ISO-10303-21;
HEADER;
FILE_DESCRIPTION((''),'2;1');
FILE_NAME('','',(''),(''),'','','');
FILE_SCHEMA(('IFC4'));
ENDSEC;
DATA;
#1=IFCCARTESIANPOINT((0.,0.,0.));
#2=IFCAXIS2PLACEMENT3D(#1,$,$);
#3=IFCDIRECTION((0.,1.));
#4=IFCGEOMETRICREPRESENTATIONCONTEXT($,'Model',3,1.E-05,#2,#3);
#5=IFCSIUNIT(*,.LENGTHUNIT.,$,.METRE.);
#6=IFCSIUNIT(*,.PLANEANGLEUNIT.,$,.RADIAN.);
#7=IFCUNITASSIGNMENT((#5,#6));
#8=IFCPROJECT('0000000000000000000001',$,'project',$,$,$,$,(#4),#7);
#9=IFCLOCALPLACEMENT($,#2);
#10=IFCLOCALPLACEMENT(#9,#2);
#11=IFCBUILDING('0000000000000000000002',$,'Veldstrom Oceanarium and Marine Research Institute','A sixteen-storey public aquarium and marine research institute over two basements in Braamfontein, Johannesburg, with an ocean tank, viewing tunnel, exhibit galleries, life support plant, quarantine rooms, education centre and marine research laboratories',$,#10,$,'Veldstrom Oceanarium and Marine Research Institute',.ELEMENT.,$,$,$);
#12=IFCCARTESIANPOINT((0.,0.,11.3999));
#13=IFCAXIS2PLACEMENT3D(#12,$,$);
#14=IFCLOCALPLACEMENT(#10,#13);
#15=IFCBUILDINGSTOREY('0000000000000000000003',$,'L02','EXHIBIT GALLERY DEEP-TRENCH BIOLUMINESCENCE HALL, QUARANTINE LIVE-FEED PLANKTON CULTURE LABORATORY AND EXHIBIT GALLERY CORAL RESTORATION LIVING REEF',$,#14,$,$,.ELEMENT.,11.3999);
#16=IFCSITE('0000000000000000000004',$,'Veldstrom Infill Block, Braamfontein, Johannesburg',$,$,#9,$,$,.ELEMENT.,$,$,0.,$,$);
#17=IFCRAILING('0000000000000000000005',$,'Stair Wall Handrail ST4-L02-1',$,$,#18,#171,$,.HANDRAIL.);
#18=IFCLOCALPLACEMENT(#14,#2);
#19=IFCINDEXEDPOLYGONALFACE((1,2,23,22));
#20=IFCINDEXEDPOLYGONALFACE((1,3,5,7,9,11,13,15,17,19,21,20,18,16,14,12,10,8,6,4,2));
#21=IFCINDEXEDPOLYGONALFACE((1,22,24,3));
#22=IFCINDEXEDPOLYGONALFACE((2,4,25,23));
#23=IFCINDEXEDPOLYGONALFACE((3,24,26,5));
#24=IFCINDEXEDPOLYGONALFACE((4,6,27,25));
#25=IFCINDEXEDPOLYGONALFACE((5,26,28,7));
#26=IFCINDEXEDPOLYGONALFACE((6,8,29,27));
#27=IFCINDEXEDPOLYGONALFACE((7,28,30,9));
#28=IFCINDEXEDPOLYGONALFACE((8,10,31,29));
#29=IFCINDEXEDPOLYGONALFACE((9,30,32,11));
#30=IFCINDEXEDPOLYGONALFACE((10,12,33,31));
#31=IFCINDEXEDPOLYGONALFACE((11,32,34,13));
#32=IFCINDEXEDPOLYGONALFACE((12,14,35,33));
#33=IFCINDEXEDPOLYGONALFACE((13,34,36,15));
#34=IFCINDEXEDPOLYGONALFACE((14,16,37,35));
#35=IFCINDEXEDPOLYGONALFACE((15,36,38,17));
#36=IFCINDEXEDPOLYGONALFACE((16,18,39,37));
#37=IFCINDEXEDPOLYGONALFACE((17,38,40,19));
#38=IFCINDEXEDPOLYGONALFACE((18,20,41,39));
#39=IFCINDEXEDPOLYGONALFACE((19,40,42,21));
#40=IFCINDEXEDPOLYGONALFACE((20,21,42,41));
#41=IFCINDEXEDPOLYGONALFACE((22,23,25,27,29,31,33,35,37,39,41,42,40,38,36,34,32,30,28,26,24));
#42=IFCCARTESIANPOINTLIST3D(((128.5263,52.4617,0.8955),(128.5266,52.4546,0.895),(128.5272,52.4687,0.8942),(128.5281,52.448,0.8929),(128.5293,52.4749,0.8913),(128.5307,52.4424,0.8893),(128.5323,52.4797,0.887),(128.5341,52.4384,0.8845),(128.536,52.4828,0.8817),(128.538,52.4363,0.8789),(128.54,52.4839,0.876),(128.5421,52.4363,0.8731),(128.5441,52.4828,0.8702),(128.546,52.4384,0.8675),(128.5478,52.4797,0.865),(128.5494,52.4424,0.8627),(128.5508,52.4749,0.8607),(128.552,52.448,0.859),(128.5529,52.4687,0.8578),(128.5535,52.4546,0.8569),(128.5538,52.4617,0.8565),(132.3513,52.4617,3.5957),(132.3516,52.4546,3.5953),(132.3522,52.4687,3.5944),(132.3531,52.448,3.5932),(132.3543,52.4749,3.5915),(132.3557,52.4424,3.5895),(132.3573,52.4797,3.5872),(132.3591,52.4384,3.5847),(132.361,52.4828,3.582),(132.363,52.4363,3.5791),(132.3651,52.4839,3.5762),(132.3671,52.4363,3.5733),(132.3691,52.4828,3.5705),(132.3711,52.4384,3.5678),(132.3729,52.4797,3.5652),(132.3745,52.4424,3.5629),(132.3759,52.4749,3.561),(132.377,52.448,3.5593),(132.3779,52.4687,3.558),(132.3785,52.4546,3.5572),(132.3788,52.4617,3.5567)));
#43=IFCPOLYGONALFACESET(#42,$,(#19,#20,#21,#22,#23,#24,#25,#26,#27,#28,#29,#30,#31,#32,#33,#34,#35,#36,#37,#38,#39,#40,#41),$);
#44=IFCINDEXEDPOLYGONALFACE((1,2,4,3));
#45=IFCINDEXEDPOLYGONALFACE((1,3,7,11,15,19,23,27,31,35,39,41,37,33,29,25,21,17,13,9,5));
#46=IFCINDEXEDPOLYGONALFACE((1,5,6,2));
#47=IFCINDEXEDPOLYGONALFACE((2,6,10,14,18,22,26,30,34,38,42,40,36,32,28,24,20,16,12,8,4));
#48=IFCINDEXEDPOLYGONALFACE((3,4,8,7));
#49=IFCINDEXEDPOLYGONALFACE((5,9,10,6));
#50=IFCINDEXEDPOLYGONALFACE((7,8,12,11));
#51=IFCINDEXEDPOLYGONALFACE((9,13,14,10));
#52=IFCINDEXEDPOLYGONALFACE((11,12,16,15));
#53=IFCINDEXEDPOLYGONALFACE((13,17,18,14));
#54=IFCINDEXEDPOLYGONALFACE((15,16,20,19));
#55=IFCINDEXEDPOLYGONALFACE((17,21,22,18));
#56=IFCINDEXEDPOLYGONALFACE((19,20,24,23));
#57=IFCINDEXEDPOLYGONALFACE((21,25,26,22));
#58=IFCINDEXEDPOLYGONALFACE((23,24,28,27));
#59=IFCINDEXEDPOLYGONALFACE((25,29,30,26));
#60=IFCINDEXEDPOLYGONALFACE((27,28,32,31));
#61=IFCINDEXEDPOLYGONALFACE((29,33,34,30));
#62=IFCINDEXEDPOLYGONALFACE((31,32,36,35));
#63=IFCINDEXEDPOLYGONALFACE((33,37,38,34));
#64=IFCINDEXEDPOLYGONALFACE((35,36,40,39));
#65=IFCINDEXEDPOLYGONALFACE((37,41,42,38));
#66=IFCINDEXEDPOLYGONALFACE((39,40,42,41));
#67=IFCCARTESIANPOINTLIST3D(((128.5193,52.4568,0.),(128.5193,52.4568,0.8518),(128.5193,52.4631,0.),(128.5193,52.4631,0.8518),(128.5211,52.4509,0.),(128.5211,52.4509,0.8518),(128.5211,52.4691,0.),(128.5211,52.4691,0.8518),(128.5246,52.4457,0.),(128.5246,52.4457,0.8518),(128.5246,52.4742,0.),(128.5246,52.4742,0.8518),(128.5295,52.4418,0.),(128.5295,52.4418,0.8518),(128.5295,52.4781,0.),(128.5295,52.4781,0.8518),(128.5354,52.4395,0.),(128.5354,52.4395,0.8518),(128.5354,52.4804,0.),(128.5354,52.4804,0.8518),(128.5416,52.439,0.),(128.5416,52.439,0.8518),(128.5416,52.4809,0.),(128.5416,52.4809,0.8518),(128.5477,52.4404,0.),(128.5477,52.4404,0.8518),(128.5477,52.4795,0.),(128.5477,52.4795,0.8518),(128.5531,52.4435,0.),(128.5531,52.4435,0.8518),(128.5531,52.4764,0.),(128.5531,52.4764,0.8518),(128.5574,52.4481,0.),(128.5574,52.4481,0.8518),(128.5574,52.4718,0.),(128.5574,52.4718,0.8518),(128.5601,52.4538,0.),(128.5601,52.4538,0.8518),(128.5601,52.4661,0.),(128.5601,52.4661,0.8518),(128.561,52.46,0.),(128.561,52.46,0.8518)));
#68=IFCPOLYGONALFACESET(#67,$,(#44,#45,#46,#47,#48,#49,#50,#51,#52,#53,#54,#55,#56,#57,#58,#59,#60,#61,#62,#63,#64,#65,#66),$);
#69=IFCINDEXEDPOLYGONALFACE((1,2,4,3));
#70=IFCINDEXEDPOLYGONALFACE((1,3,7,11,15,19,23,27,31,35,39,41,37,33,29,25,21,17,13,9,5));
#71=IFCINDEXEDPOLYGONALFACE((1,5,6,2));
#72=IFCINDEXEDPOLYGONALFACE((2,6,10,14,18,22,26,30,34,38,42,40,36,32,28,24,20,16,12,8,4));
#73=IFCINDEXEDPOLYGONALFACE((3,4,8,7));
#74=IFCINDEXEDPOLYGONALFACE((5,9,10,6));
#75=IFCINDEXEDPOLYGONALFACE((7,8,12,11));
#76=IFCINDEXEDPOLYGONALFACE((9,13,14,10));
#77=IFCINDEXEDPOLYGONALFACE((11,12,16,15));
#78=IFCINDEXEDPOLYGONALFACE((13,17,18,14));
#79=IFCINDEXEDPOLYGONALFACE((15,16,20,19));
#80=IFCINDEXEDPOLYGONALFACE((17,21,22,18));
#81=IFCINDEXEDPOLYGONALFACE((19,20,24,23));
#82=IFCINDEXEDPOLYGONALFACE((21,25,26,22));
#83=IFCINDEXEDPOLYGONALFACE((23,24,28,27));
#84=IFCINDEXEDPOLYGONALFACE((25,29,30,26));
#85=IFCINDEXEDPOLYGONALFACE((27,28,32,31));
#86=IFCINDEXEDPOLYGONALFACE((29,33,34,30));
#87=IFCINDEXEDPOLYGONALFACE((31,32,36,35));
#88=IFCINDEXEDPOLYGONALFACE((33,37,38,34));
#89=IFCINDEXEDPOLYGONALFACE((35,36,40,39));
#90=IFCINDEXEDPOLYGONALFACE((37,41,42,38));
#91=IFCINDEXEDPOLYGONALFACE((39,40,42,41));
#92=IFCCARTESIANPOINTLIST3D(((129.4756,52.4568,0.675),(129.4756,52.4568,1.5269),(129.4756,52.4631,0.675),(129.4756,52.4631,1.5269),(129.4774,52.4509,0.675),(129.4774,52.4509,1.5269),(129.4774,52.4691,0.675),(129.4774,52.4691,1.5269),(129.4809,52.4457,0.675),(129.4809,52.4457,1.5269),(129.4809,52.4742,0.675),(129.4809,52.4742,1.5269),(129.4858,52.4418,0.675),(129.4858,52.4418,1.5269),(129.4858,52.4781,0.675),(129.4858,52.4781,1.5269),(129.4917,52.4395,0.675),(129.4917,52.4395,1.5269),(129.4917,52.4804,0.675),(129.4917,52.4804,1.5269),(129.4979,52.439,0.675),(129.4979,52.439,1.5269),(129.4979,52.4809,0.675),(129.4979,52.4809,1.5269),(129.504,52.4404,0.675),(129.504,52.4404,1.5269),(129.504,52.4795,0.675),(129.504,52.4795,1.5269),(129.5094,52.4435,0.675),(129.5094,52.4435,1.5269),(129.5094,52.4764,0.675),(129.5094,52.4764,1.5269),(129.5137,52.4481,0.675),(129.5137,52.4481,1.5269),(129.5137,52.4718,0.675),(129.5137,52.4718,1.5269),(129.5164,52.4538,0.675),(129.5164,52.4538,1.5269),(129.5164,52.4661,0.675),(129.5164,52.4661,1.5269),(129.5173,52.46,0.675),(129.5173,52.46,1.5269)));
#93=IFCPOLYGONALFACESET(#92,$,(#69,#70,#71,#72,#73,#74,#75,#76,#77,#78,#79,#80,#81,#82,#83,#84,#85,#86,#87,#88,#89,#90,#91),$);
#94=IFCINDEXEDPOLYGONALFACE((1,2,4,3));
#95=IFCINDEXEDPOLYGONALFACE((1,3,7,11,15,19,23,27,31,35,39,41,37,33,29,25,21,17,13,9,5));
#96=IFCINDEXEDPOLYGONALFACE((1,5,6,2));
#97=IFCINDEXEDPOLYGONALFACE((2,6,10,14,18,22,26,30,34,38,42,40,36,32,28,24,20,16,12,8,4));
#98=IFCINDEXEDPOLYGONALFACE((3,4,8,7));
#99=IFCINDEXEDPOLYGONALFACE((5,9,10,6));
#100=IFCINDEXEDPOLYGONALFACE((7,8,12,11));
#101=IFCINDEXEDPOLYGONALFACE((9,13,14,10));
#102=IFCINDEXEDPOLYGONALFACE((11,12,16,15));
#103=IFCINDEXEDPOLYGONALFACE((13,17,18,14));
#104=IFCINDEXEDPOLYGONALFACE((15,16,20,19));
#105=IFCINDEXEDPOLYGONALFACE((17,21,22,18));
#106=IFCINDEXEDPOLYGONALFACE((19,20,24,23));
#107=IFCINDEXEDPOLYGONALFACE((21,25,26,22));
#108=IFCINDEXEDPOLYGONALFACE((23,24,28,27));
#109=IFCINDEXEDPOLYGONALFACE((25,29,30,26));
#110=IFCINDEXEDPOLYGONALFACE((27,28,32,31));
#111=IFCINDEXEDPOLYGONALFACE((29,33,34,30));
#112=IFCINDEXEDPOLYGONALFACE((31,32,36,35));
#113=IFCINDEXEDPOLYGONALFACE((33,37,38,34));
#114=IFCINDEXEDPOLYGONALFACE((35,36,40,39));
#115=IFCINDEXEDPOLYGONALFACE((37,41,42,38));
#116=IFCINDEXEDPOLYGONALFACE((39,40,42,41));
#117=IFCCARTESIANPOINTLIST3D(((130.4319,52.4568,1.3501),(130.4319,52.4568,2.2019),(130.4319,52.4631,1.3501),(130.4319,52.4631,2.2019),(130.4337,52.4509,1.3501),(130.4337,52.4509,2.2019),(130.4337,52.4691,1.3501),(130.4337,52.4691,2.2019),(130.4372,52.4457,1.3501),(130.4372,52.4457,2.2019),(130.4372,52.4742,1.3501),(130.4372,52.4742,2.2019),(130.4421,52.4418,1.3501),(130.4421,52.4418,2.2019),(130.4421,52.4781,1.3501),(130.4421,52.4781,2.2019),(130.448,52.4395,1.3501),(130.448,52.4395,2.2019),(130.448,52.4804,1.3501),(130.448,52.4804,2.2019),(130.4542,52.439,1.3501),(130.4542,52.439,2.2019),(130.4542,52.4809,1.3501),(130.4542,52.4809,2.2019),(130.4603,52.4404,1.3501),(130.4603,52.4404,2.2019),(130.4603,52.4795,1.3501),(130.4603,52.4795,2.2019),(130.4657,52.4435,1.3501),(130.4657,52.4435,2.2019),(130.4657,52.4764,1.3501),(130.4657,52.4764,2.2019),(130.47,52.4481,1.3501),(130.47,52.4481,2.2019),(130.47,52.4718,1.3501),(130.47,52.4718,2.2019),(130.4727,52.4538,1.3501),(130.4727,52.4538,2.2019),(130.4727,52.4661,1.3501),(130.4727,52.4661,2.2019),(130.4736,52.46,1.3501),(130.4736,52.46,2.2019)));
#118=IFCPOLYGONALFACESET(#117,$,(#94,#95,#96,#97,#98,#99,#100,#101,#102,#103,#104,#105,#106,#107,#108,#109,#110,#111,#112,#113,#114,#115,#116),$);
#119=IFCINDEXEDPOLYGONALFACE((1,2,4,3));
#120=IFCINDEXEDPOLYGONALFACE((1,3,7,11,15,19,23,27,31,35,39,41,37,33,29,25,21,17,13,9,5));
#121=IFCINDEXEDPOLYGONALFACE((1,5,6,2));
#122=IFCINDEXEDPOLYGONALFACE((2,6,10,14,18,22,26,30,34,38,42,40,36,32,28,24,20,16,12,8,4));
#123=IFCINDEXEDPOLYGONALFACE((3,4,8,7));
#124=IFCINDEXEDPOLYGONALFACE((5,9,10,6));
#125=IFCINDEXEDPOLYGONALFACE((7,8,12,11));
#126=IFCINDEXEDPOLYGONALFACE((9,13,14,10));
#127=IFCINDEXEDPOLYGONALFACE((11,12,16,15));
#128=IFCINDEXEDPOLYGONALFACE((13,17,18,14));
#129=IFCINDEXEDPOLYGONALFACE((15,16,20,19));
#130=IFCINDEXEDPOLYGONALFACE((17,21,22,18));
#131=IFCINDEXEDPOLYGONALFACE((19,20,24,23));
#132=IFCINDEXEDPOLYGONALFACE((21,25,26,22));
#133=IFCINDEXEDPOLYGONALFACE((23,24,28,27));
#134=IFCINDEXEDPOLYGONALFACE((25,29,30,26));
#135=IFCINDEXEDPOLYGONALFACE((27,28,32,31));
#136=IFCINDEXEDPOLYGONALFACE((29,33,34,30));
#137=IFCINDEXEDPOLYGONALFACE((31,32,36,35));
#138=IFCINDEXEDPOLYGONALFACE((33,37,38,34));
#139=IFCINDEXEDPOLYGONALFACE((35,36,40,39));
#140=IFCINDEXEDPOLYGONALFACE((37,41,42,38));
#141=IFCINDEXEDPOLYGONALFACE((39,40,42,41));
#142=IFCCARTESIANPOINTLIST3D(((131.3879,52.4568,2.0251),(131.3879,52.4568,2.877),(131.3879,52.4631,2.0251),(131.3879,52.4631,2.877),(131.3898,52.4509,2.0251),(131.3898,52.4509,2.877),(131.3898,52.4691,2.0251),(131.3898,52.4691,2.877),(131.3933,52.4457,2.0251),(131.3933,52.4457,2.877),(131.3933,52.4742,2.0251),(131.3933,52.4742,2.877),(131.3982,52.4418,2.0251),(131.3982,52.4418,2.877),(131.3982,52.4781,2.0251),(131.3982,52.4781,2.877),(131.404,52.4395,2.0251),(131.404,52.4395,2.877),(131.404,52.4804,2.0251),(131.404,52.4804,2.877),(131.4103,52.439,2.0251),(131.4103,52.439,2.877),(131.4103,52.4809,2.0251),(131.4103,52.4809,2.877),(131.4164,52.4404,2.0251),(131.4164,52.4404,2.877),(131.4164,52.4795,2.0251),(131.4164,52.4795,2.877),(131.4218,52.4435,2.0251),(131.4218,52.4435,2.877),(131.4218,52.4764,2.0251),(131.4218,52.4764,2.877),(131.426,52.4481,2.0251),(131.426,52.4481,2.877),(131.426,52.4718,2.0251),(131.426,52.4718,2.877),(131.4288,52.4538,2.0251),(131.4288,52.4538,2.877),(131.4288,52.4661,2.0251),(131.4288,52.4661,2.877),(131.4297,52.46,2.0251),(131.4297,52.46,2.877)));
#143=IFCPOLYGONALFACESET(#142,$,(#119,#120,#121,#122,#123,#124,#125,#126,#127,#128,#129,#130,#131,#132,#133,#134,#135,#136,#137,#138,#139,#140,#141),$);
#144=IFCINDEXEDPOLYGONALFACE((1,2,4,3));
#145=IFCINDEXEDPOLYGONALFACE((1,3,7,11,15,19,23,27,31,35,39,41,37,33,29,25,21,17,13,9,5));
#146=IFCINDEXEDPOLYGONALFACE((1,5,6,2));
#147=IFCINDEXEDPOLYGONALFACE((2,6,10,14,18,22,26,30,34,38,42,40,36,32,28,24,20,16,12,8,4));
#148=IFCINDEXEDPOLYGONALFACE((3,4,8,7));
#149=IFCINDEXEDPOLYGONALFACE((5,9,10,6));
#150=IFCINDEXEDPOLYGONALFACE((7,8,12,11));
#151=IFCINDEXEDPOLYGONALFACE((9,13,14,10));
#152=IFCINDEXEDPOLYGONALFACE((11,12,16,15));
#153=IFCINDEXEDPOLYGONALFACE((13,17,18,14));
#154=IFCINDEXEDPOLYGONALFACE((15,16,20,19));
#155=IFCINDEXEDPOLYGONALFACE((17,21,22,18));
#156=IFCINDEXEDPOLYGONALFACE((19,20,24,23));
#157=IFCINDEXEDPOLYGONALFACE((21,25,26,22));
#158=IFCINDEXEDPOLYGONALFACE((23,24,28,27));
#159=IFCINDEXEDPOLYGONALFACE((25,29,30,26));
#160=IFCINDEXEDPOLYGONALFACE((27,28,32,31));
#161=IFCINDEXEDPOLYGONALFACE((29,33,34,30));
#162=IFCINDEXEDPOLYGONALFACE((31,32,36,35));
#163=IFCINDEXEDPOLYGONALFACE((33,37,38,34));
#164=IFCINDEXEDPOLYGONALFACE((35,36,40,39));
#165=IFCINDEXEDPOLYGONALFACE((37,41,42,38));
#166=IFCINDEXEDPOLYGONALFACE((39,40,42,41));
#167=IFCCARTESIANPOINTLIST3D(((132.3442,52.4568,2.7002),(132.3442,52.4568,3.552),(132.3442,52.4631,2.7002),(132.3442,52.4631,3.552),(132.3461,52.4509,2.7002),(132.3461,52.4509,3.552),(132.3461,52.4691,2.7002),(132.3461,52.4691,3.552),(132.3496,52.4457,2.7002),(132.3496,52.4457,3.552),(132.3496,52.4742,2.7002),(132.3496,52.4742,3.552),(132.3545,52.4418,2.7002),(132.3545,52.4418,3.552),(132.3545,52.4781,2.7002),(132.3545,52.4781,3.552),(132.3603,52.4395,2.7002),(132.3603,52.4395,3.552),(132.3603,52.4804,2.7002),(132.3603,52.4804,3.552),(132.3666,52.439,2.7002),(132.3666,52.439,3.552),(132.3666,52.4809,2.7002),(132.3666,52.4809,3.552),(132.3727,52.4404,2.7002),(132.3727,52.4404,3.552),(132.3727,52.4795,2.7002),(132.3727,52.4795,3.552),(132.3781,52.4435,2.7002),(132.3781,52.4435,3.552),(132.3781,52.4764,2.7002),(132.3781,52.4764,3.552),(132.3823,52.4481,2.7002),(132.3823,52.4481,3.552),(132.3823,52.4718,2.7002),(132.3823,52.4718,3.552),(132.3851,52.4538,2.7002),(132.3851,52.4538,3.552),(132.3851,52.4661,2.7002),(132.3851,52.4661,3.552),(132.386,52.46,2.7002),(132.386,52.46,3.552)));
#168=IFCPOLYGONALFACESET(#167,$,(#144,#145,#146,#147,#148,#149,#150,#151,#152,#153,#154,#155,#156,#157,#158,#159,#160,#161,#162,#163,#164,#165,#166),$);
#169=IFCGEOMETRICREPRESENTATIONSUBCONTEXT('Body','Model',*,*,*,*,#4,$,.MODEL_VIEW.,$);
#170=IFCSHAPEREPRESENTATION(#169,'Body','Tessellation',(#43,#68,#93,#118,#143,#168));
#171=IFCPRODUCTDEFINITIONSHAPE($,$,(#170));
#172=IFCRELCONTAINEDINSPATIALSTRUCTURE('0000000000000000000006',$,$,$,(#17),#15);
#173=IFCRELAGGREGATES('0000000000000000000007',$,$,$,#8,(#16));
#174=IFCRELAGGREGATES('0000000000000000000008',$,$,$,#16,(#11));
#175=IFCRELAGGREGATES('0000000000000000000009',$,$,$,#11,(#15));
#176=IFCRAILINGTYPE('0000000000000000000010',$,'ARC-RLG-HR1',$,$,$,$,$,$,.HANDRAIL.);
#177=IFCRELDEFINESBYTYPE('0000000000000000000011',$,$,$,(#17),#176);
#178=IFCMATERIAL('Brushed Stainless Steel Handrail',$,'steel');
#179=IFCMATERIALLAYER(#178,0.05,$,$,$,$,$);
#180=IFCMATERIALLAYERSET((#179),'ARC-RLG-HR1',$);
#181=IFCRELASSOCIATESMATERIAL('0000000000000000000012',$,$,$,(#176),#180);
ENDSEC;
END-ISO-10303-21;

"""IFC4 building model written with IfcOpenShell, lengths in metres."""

from ifc_helpers import new_model, si_unit, direction, frame, origin, origin_2d, place, context, subcontext, project, spatial, circle, extrude, material, layer, layer_set, type_object, element, save


model = new_model("IFC4")

# Units and contexts
model_context = context("Model", 3, precision=1e-05, world=origin(), true_north=direction((0.0, 1.0)))
body_context = subcontext(model_context, "Body", "Model", "MODEL_VIEW")
ifc_project = project(units=[si_unit("LENGTHUNIT", "METRE"), si_unit("PLANEANGLEUNIT", "RADIAN")], contexts=[model_context])

# Site, building, storey
site_placement = place(None, origin())
site = spatial("IfcSite", under=ifc_project, at=site_placement, Name="Veldstrom Infill Block, Braamfontein, Johannesburg", CompositionType="ELEMENT", RefElevation=0.0)
building_placement = place(site_placement, origin())
building = spatial("IfcBuilding", under=site, at=building_placement, Name="Veldstrom Oceanarium and Marine Research Institute", Description="A sixteen-storey public aquarium and marine research institute over two basements in Braamfontein, Johannesburg, with an ocean tank, viewing tunnel, exhibit galleries, life support plant, quarantine rooms, education centre and marine research laboratories", LongName="Veldstrom Oceanarium and Marine Research Institute", CompositionType="ELEMENT")
storey_placement = place(building_placement, frame((0.0, 0.0, 11.3999)))
storey = spatial("IfcBuildingStorey", under=building, at=storey_placement, Name="L02", Description="EXHIBIT GALLERY DEEP-TRENCH BIOLUMINESCENCE HALL, QUARANTINE LIVE-FEED PLANKTON CULTURE LABORATORY AND EXHIBIT GALLERY CORAL RESTORATION LIVING REEF", CompositionType="ELEMENT", Elevation=11.3999)

# Railing
ifc_material_1 = material(Name="Brushed Stainless Steel Handrail", Category="steel")
ifc_layer_1 = layer(ifc_material_1, 0.05)
ifc_layer_set_1 = layer_set([ifc_layer_1], Name="ARC-RLG-HR1")
railing_type_1 = type_object("IfcRailingType", Name="ARC-RLG-HR1", PredefinedType="HANDRAIL", material=ifc_layer_set_1)
railing_1_placement = place(storey_placement, frame((128.54, 52.46, 0.0)))
element("IfcRailing", 1, at=railing_1_placement, inside=storey, type_object=railing_type_1, Name="Stair Wall Handrail ST4-L02-1", PredefinedType="HANDRAIL", context=body_context, shape_type="SweptSolid", body=[
    extrude(circle(Radius=0.0239, at=origin_2d()), frame((0.0, 0.0, 0.876), z_axis=(0.816945, 0.0, 0.576716), x_axis=(0.0, 1.0, 0.0)), (0.0, 0.0, 1.0), 4.6821),
    extrude(circle(Radius=0.021, at=origin_2d()), origin(), (0.0, 0.0, 1.0), 0.8518),
    extrude(circle(Radius=0.021, at=origin_2d()), frame((0.9563, 0.0, 0.675)), (0.0, 0.0, 1.0), 0.8518),
    extrude(circle(Radius=0.021, at=origin_2d()), frame((1.9126, 0.0, 1.3501)), (0.0, 0.0, 1.0), 0.8518),
    extrude(circle(Radius=0.021, at=origin_2d()), frame((2.8687, 0.0, 2.0251)), (0.0, 0.0, 1.0), 0.8518),
    extrude(circle(Radius=0.021, at=origin_2d()), frame((3.825, 0.0, 2.7002)), (0.0, 0.0, 1.0), 0.8518),
])

save(model, "model.ifc")
